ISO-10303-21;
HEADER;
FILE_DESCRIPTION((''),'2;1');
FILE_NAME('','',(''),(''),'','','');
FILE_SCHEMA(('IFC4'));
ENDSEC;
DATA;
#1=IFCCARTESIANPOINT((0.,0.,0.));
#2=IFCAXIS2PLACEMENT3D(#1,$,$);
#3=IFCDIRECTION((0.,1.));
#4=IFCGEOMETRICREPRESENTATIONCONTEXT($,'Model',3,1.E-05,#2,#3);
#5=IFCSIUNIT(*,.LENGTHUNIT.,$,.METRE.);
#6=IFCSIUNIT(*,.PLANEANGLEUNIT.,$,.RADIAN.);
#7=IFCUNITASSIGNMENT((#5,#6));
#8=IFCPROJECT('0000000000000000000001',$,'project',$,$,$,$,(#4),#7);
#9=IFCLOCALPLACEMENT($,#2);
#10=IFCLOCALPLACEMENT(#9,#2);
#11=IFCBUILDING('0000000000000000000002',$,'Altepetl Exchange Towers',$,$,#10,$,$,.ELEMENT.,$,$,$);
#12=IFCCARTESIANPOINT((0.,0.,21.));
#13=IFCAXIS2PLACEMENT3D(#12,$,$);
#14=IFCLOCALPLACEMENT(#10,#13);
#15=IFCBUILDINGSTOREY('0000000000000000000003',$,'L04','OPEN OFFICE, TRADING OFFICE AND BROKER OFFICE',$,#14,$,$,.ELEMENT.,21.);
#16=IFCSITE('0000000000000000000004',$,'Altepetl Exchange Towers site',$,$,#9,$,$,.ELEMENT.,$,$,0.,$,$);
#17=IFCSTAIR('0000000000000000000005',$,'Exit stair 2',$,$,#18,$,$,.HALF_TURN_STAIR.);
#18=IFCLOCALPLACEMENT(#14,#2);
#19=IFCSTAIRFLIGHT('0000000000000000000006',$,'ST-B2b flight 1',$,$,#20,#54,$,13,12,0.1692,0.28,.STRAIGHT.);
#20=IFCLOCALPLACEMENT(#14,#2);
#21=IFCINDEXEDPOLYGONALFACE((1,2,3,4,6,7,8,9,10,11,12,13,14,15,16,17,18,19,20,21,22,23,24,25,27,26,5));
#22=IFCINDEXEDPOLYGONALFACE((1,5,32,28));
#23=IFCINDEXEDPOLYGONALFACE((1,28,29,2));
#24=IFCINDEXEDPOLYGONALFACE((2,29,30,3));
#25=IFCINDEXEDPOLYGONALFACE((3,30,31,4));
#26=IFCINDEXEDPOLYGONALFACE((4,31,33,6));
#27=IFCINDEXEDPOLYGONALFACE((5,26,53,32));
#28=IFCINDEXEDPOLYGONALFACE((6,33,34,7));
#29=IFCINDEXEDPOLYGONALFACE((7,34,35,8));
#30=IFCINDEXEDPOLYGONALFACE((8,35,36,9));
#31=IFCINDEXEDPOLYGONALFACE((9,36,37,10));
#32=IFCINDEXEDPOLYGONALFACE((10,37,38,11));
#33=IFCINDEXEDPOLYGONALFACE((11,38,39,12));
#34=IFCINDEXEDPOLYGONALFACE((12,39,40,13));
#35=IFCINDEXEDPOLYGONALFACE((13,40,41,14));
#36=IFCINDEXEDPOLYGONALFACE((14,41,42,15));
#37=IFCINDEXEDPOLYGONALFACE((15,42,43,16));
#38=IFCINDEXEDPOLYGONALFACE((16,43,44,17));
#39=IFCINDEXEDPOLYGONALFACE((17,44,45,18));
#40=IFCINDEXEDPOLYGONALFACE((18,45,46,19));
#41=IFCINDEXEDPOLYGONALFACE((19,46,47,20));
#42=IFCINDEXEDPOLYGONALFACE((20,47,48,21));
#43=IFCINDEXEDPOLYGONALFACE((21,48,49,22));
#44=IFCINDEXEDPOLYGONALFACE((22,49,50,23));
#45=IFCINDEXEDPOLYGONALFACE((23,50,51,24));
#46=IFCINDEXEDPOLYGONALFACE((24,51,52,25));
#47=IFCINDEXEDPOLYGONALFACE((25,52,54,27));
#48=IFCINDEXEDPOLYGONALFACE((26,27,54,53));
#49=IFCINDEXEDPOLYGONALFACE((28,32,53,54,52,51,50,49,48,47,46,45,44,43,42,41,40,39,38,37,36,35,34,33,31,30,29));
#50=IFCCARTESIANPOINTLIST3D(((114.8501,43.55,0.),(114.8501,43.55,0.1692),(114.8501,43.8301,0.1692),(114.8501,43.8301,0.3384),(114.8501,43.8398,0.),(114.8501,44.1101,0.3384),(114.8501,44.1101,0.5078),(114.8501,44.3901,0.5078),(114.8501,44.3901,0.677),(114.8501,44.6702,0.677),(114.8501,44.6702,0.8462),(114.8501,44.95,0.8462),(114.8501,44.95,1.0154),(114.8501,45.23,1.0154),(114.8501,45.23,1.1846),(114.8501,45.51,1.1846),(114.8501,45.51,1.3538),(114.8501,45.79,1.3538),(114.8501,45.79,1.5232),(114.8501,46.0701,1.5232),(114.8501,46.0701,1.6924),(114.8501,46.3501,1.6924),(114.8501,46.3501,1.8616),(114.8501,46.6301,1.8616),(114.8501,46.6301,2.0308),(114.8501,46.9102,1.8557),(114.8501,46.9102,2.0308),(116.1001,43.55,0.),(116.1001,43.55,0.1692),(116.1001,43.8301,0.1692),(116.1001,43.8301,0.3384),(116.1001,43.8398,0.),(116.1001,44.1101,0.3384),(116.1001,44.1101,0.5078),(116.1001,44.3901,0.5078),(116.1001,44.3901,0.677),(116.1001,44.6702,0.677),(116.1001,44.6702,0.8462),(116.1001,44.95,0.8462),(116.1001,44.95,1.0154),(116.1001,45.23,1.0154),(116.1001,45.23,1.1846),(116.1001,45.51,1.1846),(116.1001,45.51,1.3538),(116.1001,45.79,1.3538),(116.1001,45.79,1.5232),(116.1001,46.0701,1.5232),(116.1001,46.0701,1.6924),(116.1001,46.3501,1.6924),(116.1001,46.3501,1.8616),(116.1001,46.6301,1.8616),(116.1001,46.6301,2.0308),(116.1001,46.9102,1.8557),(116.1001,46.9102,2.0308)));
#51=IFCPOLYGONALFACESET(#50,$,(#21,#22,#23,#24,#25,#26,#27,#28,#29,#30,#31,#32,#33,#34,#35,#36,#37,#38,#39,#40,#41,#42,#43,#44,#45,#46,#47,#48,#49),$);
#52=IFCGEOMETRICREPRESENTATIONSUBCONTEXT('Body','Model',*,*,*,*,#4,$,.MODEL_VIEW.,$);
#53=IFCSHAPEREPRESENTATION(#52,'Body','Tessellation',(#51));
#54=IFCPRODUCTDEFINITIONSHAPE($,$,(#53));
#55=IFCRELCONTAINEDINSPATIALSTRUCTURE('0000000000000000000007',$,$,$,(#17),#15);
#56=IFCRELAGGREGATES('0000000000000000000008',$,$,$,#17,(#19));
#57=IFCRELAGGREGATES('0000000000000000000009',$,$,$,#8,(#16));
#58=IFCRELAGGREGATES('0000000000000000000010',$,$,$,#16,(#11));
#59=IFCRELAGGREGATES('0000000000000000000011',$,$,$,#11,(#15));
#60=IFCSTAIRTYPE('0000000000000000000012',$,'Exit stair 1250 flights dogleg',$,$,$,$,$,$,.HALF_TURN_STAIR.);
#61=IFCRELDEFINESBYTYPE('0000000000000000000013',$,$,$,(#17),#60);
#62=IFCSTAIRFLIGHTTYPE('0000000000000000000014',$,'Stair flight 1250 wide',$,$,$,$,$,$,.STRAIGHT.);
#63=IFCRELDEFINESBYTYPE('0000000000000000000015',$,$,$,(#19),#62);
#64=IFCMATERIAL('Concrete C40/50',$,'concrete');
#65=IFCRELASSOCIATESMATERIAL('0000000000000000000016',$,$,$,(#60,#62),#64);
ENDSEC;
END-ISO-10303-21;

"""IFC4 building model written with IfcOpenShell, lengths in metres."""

from ifc_helpers import new_model, si_unit, direction, frame, origin, place, context, subcontext, project, spatial, polyline, outline, extrude, material, type_object, element, aggregate, save


model = new_model("IFC4")

# Units and contexts
model_context = context("Model", 3, precision=1e-05, world=origin(), true_north=direction((0.0, 1.0)))
body_context = subcontext(model_context, "Body", "Model", "MODEL_VIEW")
ifc_project = project(units=[si_unit("LENGTHUNIT", "METRE"), si_unit("PLANEANGLEUNIT", "RADIAN")], contexts=[model_context])

# Site, building, storey
site_placement = place(None, origin())
site = spatial("IfcSite", under=ifc_project, at=site_placement, Name="Altepetl Exchange Towers site", CompositionType="ELEMENT", RefElevation=0.0)
building_placement = place(site_placement, origin())
building = spatial("IfcBuilding", under=site, at=building_placement, Name="Altepetl Exchange Towers", CompositionType="ELEMENT")
storey_placement = place(building_placement, frame((0.0, 0.0, 21.0)))
storey = spatial("IfcBuildingStorey", under=building, at=storey_placement, Name="L04", Description="OPEN OFFICE, TRADING OFFICE AND BROKER OFFICE", CompositionType="ELEMENT", Elevation=21.0)

# Stair, stair flight
ifc_material_1 = material(Name="Concrete C40/50", Category="concrete")
stair_type = type_object("IfcStairType", Name="Exit stair 1250 flights dogleg", PredefinedType="HALF_TURN_STAIR", material=ifc_material_1)
stair_placement = place(storey_placement, origin())
stair = element("IfcStair", 1, at=stair_placement, inside=storey, type_object=stair_type, Name="Exit stair 2", PredefinedType="HALF_TURN_STAIR")
stair_flight_type = type_object("IfcStairFlightType", Name="Stair flight 1250 wide", PredefinedType="STRAIGHT", material=ifc_material_1)
stair_flight_placement = place(storey_placement, frame((115.4751, 43.55, 0.0), z_axis=(0.0, 0.0, 1.0), x_axis=(0.0, 1.0, 0.0)))
stair_flight = element("IfcStairFlight", 2, at=stair_flight_placement, type_object=stair_flight_type, Name="ST-B2b flight 1", NumberOfRisers=13, NumberOfTreads=12, PredefinedType="STRAIGHT", RiserHeight=0.1692, TreadLength=0.28, context=body_context, shape_type="SweptSolid", body=[
    extrude(outline(polyline([(0.0, 0.0), (0.0, 0.1692), (0.28, 0.1692), (0.28, 0.3384), (0.5601, 0.3384), (0.5601, 0.5078), (0.8401, 0.5078), (0.8401, 0.677), (1.1201, 0.677), (1.1201, 0.8462), (1.3999, 0.8462), (1.3999, 1.0154), (1.6799, 1.0154), (1.6799, 1.1846), (1.96, 1.1846), (1.96, 1.3538), (2.24, 1.3538), (2.24, 1.5232), (2.52, 1.5232), (2.52, 1.6924), (2.8, 1.6924), (2.8, 1.8616), (3.0801, 1.8616), (3.0801, 2.0308), (3.3601, 2.0308), (3.3601, 2.2), (3.3601, 1.8557), (0.2898, 0.0), (0.0, 0.0)])), frame((0.0, 0.625, 0.0), z_axis=(0.0, -1.0, 0.0), x_axis=(1.0, 0.0, 0.0)), (0.0, 0.0, 1.0), 1.25),
])
aggregate(stair, [stair_flight])

save(model, "model.ifc")
